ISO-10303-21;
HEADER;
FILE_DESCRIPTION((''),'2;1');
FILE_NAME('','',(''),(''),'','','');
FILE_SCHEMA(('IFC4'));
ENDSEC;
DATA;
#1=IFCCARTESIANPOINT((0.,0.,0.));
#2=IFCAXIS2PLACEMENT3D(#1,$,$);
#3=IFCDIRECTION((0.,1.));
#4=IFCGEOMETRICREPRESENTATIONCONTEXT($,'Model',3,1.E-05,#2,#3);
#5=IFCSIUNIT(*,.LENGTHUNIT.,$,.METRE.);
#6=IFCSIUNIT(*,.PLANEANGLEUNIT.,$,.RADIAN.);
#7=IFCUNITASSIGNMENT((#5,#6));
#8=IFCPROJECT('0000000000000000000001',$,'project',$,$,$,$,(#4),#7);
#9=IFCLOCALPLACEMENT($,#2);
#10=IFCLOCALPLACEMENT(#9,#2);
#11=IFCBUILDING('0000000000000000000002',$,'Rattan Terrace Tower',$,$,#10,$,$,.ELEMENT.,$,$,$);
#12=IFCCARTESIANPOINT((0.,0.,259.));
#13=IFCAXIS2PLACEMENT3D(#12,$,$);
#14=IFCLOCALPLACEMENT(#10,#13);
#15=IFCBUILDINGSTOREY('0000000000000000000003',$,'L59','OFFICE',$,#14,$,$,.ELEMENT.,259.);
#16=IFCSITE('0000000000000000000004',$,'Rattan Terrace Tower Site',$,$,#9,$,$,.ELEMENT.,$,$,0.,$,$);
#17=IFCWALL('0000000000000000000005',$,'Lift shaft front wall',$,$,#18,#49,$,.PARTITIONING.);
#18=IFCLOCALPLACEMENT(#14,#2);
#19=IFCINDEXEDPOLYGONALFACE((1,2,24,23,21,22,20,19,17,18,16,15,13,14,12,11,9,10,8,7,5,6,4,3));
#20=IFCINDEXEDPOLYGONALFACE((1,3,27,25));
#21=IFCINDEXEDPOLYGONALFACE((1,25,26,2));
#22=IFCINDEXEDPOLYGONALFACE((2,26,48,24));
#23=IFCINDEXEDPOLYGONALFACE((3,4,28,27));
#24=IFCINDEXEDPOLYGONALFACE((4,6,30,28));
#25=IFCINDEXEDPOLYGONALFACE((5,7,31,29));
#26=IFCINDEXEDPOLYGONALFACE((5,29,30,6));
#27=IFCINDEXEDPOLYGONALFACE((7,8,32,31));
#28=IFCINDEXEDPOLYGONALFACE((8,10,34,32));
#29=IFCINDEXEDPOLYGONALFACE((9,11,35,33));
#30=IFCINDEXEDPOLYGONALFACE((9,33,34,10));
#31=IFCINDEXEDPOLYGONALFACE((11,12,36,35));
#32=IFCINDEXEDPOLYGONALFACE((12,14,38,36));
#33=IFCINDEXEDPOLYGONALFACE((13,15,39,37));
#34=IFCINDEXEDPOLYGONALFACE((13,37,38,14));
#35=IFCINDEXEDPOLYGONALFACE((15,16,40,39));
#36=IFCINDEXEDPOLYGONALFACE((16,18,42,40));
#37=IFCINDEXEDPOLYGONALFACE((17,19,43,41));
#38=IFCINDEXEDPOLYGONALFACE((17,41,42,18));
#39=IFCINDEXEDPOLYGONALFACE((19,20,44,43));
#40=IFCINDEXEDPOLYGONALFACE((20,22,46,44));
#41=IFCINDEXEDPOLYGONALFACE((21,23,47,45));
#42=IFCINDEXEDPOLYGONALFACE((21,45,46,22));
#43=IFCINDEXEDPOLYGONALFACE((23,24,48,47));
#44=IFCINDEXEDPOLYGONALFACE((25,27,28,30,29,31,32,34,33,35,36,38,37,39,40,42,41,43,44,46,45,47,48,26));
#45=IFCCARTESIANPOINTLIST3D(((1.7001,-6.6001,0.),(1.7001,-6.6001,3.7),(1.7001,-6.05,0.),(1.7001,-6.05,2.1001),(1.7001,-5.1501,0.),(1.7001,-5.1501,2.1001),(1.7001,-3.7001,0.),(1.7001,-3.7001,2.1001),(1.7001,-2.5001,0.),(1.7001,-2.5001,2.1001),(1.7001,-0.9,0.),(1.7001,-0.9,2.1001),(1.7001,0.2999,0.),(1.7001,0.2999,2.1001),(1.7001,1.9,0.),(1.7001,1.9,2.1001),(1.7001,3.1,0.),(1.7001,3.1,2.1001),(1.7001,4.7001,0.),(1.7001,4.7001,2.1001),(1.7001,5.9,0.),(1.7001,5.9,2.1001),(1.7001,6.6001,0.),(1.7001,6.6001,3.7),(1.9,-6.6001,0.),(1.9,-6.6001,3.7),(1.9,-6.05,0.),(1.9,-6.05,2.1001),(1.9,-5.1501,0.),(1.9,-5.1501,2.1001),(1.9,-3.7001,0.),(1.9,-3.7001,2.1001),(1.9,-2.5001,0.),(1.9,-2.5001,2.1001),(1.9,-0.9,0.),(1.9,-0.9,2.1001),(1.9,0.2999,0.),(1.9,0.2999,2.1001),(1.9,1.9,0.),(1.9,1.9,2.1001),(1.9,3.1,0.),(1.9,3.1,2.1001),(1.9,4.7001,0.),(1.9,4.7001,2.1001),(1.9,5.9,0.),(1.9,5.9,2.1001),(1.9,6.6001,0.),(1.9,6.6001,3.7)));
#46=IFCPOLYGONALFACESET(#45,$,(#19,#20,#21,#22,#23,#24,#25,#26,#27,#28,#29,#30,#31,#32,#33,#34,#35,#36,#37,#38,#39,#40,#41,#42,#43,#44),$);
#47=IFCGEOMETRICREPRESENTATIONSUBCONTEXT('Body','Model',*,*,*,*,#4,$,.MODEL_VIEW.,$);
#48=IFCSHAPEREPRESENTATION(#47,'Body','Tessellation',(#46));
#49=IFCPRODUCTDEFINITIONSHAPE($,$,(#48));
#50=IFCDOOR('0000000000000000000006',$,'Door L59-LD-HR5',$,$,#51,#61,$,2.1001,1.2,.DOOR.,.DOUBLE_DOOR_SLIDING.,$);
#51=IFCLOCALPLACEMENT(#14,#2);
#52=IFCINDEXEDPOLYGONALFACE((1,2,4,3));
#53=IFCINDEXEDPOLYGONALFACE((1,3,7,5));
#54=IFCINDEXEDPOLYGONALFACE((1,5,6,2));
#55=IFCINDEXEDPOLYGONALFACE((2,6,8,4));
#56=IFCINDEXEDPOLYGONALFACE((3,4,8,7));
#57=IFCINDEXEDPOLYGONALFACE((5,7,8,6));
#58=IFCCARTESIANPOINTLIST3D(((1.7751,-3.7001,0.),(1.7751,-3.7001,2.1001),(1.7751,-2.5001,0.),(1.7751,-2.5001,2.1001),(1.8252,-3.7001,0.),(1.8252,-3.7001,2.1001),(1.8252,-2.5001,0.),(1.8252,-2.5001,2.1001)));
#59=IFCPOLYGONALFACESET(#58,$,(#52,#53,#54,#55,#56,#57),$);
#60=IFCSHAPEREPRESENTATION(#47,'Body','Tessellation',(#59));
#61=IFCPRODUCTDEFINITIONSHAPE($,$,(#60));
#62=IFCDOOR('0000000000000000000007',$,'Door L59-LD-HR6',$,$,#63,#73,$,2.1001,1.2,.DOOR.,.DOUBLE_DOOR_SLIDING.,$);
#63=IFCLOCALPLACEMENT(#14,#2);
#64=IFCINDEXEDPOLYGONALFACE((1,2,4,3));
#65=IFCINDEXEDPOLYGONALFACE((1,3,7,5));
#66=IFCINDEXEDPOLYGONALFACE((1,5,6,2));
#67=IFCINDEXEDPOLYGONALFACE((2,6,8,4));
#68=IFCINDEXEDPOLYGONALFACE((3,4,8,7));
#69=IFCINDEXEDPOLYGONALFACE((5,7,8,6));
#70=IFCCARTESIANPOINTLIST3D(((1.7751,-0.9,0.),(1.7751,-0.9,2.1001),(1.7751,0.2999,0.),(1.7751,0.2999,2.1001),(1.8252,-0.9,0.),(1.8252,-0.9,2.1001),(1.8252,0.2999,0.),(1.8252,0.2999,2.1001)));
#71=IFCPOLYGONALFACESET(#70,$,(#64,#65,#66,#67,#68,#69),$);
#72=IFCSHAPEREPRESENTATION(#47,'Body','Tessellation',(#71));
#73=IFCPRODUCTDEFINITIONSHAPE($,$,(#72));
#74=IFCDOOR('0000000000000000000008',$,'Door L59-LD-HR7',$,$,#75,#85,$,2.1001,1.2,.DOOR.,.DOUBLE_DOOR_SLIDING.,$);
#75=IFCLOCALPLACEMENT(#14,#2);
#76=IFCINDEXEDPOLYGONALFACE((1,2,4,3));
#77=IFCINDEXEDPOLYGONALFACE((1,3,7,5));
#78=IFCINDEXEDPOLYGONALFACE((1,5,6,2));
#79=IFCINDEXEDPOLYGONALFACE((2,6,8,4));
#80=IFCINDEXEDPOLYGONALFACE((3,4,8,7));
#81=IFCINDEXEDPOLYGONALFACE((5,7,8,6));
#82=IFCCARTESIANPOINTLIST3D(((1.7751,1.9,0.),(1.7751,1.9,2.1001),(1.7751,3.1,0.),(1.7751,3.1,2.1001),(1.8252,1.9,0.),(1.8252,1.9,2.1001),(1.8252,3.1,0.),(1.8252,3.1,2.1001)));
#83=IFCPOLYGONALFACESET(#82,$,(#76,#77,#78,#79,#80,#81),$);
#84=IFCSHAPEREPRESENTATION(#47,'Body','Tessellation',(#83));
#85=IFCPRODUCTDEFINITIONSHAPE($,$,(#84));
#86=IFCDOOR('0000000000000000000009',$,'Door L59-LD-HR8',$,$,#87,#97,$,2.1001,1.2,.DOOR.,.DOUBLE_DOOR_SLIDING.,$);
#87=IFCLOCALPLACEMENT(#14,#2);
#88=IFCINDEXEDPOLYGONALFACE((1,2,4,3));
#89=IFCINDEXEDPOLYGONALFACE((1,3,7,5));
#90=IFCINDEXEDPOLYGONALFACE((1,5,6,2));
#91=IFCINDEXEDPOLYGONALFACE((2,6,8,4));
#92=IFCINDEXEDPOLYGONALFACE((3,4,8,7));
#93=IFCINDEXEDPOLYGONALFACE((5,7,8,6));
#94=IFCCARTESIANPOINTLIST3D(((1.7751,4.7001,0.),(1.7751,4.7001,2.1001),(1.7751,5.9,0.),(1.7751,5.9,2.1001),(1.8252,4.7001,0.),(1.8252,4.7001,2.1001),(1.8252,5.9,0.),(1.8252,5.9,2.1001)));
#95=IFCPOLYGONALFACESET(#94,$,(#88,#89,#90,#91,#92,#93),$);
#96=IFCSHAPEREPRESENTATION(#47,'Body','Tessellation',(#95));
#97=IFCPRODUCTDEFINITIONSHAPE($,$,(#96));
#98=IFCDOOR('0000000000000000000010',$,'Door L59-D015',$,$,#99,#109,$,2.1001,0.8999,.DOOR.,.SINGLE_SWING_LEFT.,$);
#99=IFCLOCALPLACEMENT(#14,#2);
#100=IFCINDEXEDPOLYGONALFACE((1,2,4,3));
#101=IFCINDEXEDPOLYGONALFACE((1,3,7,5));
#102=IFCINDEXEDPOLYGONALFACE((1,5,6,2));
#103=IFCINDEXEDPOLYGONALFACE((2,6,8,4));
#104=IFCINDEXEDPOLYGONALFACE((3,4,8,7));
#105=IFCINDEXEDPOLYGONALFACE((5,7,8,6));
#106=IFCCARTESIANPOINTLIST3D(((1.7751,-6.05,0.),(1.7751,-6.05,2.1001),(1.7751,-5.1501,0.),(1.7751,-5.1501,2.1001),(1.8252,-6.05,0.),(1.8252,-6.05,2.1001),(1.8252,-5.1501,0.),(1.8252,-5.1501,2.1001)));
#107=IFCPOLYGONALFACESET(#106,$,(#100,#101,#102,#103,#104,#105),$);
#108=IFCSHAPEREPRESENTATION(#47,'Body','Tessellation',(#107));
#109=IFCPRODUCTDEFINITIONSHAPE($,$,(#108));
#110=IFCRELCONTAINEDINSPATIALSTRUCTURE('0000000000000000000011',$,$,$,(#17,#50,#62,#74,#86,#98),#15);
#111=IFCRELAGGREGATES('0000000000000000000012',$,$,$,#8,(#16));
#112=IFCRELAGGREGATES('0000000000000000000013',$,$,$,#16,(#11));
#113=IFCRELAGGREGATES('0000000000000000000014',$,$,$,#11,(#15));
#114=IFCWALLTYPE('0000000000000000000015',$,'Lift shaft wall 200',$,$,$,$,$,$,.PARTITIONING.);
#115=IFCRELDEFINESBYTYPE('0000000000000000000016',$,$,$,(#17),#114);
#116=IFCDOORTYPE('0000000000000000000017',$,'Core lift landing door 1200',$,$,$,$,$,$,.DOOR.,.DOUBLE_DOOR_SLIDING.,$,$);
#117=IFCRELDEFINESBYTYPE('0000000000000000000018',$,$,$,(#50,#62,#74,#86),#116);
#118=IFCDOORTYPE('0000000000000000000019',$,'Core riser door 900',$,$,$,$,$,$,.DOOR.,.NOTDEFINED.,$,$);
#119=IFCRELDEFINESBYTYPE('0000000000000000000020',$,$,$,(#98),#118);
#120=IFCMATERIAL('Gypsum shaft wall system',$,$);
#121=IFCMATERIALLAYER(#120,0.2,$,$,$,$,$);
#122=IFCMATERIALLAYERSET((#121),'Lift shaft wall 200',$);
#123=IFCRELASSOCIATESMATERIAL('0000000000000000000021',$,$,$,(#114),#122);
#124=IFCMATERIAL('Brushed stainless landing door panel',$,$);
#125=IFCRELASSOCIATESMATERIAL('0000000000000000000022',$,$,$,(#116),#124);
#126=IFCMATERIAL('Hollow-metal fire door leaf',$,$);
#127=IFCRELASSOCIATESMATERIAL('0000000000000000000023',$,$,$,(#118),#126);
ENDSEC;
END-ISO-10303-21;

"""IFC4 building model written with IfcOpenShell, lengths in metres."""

from ifc_helpers import new_model, si_unit, direction, frame, frame_2d, origin, place, context, subcontext, project, spatial, rectangle, extrude, material, layer, layer_set, type_object, element, fill, save


model = new_model("IFC4")

# Units and contexts
model_context = context("Model", 3, precision=1e-05, world=origin(), true_north=direction((0.0, 1.0)))
body_context = subcontext(model_context, "Body", "Model", "MODEL_VIEW")
ifc_project = project(units=[si_unit("LENGTHUNIT", "METRE"), si_unit("PLANEANGLEUNIT", "RADIAN")], contexts=[model_context])

# Site, building, storey
site_placement = place(None, origin())
site = spatial("IfcSite", under=ifc_project, at=site_placement, Name="Rattan Terrace Tower Site", CompositionType="ELEMENT", RefElevation=0.0)
building_placement = place(site_placement, origin())
building = spatial("IfcBuilding", under=site, at=building_placement, Name="Rattan Terrace Tower", CompositionType="ELEMENT")
storey_placement = place(building_placement, frame((0.0, 0.0, 259.0)))
storey = spatial("IfcBuildingStorey", under=building, at=storey_placement, Name="L59", Description="OFFICE", CompositionType="ELEMENT", Elevation=259.0)

# Wall, openings, doors
ifc_material_1 = material(Name="Gypsum shaft wall system")
ifc_layer_1 = layer(ifc_material_1, 0.2)
ifc_layer_set_1 = layer_set([ifc_layer_1], Name="Lift shaft wall 200")
wall_type_1 = type_object("IfcWallType", Name="Lift shaft wall 200", PredefinedType="PARTITIONING", material=ifc_layer_set_1)
wall_1_placement = place(storey_placement, frame((1.8, -6.6001, 0.0), z_axis=(0.0, 0.0, 1.0), x_axis=(0.0, 1.0, 0.0)))
wall_1 = element("IfcWall", 1, at=wall_1_placement, inside=storey, type_object=wall_type_1, Name="Lift shaft front wall", PredefinedType="PARTITIONING", context=body_context, shape_type="SweptSolid", body=[
    extrude(rectangle(XDim=13.2002, YDim=0.2, at=frame_2d((6.6001, 0.0))), origin(), (0.0, 0.0, 1.0), 3.7),
])
opening_1_placement = place(wall_1_placement, frame((0.55, 0.0, 0.0)))
opening_1 = element("IfcOpeningElement", 2, at=opening_1_placement, cuts=wall_1, PredefinedType="OPENING", context=body_context, shape_type="SweptSolid", body=[
    extrude(rectangle(XDim=0.8999, YDim=2.1001, at=frame_2d((0.45, 1.05))), frame((0.0, 0.1106, 0.0), z_axis=(0.0, -1.0, 0.0), x_axis=(1.0, 0.0, 0.0)), (0.0, 0.0, 1.0), 0.2209),
])
opening_2_placement = place(wall_1_placement, frame((2.8999, 0.0, 0.0)))
opening_2 = element("IfcOpeningElement", 3, at=opening_2_placement, cuts=wall_1, PredefinedType="OPENING", context=body_context, shape_type="SweptSolid", body=[
    extrude(rectangle(XDim=1.2, YDim=2.1001, at=frame_2d((0.6001, 1.05))), frame((0.0, 0.1106, 0.0), z_axis=(0.0, -1.0, 0.0), x_axis=(1.0, 0.0, 0.0)), (0.0, 0.0, 1.0), 0.2209),
])
opening_3_placement = place(wall_1_placement, frame((5.7, 0.0, 0.0)))
opening_3 = element("IfcOpeningElement", 4, at=opening_3_placement, cuts=wall_1, PredefinedType="OPENING", context=body_context, shape_type="SweptSolid", body=[
    extrude(rectangle(XDim=1.2, YDim=2.1001, at=frame_2d((0.6001, 1.05))), frame((0.0, 0.1106, 0.0), z_axis=(0.0, -1.0, 0.0), x_axis=(1.0, 0.0, 0.0)), (0.0, 0.0, 1.0), 0.2209),
])
opening_4_placement = place(wall_1_placement, frame((8.5, 0.0, 0.0)))
opening_4 = element("IfcOpeningElement", 5, at=opening_4_placement, cuts=wall_1, PredefinedType="OPENING", context=body_context, shape_type="SweptSolid", body=[
    extrude(rectangle(XDim=1.2, YDim=2.1001, at=frame_2d((0.6001, 1.05))), frame((0.0, 0.1106, 0.0), z_axis=(0.0, -1.0, 0.0), x_axis=(1.0, 0.0, 0.0)), (0.0, 0.0, 1.0), 0.2209),
])
opening_5_placement = place(wall_1_placement, frame((11.3, 0.0, 0.0)))
opening_5 = element("IfcOpeningElement", 6, at=opening_5_placement, cuts=wall_1, PredefinedType="OPENING", context=body_context, shape_type="SweptSolid", body=[
    extrude(rectangle(XDim=1.2, YDim=2.1001, at=frame_2d((0.6001, 1.05))), frame((0.0, 0.1106, 0.0), z_axis=(0.0, -1.0, 0.0), x_axis=(1.0, 0.0, 0.0)), (0.0, 0.0, 1.0), 0.2209),
])
ifc_material_2 = material(Name="Brushed stainless landing door panel")
door_type_1 = type_object("IfcDoorType", Name="Core lift landing door 1200", OperationType="DOUBLE_DOOR_SLIDING", PredefinedType="DOOR", material=ifc_material_2)
door_1_placement = place(opening_2_placement, origin())
door_1 = element("IfcDoor", 7, at=door_1_placement, inside=storey, type_object=door_type_1, Name="Door L59-LD-HR5", OperationType="DOUBLE_DOOR_SLIDING", OverallHeight=2.1001, OverallWidth=1.2, PredefinedType="DOOR", context=body_context, shape_type="SweptSolid", body=[
    extrude(rectangle(XDim=1.2, YDim=2.1001, at=frame_2d((0.6001, 1.05))), frame((0.0, 0.0249, 0.0), z_axis=(0.0, -1.0, 0.0), x_axis=(1.0, 0.0, 0.0)), (0.0, 0.0, 1.0), 0.05),
])
fill(opening_2, door_1)
door_2_placement = place(opening_3_placement, origin())
door_2 = element("IfcDoor", 8, at=door_2_placement, inside=storey, type_object=door_type_1, Name="Door L59-LD-HR6", OperationType="DOUBLE_DOOR_SLIDING", OverallHeight=2.1001, OverallWidth=1.2, PredefinedType="DOOR", context=body_context, shape_type="SweptSolid", body=[
    extrude(rectangle(XDim=1.2, YDim=2.1001, at=frame_2d((0.6001, 1.05))), frame((0.0, 0.0249, 0.0), z_axis=(0.0, -1.0, 0.0), x_axis=(1.0, 0.0, 0.0)), (0.0, 0.0, 1.0), 0.05),
])
fill(opening_3, door_2)
door_3_placement = place(opening_4_placement, origin())
door_3 = element("IfcDoor", 9, at=door_3_placement, inside=storey, type_object=door_type_1, Name="Door L59-LD-HR7", OperationType="DOUBLE_DOOR_SLIDING", OverallHeight=2.1001, OverallWidth=1.2, PredefinedType="DOOR", context=body_context, shape_type="SweptSolid", body=[
    extrude(rectangle(XDim=1.2, YDim=2.1001, at=frame_2d((0.6001, 1.05))), frame((0.0, 0.0249, 0.0), z_axis=(0.0, -1.0, 0.0), x_axis=(1.0, 0.0, 0.0)), (0.0, 0.0, 1.0), 0.05),
])
fill(opening_4, door_3)
door_4_placement = place(opening_5_placement, origin())
door_4 = element("IfcDoor", 10, at=door_4_placement, inside=storey, type_object=door_type_1, Name="Door L59-LD-HR8", OperationType="DOUBLE_DOOR_SLIDING", OverallHeight=2.1001, OverallWidth=1.2, PredefinedType="DOOR", context=body_context, shape_type="SweptSolid", body=[
    extrude(rectangle(XDim=1.2, YDim=2.1001, at=frame_2d((0.6001, 1.05))), frame((0.0, 0.0249, 0.0), z_axis=(0.0, -1.0, 0.0), x_axis=(1.0, 0.0, 0.0)), (0.0, 0.0, 1.0), 0.05),
])
fill(opening_5, door_4)
ifc_material_3 = material(Name="Hollow-metal fire door leaf")
door_type_2 = type_object("IfcDoorType", Name="Core riser door 900", OperationType="NOTDEFINED", PredefinedType="DOOR", material=ifc_material_3)
door_5_placement = place(opening_1_placement, origin())
door_5 = element("IfcDoor", 11, at=door_5_placement, inside=storey, type_object=door_type_2, Name="Door L59-D015", OperationType="SINGLE_SWING_LEFT", OverallHeight=2.1001, OverallWidth=0.8999, PredefinedType="DOOR", context=body_context, shape_type="SweptSolid", body=[
    extrude(rectangle(XDim=0.8999, YDim=2.1001, at=frame_2d((0.45, 1.05))), frame((0.0, 0.0249, 0.0), z_axis=(0.0, -1.0, 0.0), x_axis=(1.0, 0.0, 0.0)), (0.0, 0.0, 1.0), 0.05),
])
fill(opening_1, door_5)

save(model, "model.ifc")
